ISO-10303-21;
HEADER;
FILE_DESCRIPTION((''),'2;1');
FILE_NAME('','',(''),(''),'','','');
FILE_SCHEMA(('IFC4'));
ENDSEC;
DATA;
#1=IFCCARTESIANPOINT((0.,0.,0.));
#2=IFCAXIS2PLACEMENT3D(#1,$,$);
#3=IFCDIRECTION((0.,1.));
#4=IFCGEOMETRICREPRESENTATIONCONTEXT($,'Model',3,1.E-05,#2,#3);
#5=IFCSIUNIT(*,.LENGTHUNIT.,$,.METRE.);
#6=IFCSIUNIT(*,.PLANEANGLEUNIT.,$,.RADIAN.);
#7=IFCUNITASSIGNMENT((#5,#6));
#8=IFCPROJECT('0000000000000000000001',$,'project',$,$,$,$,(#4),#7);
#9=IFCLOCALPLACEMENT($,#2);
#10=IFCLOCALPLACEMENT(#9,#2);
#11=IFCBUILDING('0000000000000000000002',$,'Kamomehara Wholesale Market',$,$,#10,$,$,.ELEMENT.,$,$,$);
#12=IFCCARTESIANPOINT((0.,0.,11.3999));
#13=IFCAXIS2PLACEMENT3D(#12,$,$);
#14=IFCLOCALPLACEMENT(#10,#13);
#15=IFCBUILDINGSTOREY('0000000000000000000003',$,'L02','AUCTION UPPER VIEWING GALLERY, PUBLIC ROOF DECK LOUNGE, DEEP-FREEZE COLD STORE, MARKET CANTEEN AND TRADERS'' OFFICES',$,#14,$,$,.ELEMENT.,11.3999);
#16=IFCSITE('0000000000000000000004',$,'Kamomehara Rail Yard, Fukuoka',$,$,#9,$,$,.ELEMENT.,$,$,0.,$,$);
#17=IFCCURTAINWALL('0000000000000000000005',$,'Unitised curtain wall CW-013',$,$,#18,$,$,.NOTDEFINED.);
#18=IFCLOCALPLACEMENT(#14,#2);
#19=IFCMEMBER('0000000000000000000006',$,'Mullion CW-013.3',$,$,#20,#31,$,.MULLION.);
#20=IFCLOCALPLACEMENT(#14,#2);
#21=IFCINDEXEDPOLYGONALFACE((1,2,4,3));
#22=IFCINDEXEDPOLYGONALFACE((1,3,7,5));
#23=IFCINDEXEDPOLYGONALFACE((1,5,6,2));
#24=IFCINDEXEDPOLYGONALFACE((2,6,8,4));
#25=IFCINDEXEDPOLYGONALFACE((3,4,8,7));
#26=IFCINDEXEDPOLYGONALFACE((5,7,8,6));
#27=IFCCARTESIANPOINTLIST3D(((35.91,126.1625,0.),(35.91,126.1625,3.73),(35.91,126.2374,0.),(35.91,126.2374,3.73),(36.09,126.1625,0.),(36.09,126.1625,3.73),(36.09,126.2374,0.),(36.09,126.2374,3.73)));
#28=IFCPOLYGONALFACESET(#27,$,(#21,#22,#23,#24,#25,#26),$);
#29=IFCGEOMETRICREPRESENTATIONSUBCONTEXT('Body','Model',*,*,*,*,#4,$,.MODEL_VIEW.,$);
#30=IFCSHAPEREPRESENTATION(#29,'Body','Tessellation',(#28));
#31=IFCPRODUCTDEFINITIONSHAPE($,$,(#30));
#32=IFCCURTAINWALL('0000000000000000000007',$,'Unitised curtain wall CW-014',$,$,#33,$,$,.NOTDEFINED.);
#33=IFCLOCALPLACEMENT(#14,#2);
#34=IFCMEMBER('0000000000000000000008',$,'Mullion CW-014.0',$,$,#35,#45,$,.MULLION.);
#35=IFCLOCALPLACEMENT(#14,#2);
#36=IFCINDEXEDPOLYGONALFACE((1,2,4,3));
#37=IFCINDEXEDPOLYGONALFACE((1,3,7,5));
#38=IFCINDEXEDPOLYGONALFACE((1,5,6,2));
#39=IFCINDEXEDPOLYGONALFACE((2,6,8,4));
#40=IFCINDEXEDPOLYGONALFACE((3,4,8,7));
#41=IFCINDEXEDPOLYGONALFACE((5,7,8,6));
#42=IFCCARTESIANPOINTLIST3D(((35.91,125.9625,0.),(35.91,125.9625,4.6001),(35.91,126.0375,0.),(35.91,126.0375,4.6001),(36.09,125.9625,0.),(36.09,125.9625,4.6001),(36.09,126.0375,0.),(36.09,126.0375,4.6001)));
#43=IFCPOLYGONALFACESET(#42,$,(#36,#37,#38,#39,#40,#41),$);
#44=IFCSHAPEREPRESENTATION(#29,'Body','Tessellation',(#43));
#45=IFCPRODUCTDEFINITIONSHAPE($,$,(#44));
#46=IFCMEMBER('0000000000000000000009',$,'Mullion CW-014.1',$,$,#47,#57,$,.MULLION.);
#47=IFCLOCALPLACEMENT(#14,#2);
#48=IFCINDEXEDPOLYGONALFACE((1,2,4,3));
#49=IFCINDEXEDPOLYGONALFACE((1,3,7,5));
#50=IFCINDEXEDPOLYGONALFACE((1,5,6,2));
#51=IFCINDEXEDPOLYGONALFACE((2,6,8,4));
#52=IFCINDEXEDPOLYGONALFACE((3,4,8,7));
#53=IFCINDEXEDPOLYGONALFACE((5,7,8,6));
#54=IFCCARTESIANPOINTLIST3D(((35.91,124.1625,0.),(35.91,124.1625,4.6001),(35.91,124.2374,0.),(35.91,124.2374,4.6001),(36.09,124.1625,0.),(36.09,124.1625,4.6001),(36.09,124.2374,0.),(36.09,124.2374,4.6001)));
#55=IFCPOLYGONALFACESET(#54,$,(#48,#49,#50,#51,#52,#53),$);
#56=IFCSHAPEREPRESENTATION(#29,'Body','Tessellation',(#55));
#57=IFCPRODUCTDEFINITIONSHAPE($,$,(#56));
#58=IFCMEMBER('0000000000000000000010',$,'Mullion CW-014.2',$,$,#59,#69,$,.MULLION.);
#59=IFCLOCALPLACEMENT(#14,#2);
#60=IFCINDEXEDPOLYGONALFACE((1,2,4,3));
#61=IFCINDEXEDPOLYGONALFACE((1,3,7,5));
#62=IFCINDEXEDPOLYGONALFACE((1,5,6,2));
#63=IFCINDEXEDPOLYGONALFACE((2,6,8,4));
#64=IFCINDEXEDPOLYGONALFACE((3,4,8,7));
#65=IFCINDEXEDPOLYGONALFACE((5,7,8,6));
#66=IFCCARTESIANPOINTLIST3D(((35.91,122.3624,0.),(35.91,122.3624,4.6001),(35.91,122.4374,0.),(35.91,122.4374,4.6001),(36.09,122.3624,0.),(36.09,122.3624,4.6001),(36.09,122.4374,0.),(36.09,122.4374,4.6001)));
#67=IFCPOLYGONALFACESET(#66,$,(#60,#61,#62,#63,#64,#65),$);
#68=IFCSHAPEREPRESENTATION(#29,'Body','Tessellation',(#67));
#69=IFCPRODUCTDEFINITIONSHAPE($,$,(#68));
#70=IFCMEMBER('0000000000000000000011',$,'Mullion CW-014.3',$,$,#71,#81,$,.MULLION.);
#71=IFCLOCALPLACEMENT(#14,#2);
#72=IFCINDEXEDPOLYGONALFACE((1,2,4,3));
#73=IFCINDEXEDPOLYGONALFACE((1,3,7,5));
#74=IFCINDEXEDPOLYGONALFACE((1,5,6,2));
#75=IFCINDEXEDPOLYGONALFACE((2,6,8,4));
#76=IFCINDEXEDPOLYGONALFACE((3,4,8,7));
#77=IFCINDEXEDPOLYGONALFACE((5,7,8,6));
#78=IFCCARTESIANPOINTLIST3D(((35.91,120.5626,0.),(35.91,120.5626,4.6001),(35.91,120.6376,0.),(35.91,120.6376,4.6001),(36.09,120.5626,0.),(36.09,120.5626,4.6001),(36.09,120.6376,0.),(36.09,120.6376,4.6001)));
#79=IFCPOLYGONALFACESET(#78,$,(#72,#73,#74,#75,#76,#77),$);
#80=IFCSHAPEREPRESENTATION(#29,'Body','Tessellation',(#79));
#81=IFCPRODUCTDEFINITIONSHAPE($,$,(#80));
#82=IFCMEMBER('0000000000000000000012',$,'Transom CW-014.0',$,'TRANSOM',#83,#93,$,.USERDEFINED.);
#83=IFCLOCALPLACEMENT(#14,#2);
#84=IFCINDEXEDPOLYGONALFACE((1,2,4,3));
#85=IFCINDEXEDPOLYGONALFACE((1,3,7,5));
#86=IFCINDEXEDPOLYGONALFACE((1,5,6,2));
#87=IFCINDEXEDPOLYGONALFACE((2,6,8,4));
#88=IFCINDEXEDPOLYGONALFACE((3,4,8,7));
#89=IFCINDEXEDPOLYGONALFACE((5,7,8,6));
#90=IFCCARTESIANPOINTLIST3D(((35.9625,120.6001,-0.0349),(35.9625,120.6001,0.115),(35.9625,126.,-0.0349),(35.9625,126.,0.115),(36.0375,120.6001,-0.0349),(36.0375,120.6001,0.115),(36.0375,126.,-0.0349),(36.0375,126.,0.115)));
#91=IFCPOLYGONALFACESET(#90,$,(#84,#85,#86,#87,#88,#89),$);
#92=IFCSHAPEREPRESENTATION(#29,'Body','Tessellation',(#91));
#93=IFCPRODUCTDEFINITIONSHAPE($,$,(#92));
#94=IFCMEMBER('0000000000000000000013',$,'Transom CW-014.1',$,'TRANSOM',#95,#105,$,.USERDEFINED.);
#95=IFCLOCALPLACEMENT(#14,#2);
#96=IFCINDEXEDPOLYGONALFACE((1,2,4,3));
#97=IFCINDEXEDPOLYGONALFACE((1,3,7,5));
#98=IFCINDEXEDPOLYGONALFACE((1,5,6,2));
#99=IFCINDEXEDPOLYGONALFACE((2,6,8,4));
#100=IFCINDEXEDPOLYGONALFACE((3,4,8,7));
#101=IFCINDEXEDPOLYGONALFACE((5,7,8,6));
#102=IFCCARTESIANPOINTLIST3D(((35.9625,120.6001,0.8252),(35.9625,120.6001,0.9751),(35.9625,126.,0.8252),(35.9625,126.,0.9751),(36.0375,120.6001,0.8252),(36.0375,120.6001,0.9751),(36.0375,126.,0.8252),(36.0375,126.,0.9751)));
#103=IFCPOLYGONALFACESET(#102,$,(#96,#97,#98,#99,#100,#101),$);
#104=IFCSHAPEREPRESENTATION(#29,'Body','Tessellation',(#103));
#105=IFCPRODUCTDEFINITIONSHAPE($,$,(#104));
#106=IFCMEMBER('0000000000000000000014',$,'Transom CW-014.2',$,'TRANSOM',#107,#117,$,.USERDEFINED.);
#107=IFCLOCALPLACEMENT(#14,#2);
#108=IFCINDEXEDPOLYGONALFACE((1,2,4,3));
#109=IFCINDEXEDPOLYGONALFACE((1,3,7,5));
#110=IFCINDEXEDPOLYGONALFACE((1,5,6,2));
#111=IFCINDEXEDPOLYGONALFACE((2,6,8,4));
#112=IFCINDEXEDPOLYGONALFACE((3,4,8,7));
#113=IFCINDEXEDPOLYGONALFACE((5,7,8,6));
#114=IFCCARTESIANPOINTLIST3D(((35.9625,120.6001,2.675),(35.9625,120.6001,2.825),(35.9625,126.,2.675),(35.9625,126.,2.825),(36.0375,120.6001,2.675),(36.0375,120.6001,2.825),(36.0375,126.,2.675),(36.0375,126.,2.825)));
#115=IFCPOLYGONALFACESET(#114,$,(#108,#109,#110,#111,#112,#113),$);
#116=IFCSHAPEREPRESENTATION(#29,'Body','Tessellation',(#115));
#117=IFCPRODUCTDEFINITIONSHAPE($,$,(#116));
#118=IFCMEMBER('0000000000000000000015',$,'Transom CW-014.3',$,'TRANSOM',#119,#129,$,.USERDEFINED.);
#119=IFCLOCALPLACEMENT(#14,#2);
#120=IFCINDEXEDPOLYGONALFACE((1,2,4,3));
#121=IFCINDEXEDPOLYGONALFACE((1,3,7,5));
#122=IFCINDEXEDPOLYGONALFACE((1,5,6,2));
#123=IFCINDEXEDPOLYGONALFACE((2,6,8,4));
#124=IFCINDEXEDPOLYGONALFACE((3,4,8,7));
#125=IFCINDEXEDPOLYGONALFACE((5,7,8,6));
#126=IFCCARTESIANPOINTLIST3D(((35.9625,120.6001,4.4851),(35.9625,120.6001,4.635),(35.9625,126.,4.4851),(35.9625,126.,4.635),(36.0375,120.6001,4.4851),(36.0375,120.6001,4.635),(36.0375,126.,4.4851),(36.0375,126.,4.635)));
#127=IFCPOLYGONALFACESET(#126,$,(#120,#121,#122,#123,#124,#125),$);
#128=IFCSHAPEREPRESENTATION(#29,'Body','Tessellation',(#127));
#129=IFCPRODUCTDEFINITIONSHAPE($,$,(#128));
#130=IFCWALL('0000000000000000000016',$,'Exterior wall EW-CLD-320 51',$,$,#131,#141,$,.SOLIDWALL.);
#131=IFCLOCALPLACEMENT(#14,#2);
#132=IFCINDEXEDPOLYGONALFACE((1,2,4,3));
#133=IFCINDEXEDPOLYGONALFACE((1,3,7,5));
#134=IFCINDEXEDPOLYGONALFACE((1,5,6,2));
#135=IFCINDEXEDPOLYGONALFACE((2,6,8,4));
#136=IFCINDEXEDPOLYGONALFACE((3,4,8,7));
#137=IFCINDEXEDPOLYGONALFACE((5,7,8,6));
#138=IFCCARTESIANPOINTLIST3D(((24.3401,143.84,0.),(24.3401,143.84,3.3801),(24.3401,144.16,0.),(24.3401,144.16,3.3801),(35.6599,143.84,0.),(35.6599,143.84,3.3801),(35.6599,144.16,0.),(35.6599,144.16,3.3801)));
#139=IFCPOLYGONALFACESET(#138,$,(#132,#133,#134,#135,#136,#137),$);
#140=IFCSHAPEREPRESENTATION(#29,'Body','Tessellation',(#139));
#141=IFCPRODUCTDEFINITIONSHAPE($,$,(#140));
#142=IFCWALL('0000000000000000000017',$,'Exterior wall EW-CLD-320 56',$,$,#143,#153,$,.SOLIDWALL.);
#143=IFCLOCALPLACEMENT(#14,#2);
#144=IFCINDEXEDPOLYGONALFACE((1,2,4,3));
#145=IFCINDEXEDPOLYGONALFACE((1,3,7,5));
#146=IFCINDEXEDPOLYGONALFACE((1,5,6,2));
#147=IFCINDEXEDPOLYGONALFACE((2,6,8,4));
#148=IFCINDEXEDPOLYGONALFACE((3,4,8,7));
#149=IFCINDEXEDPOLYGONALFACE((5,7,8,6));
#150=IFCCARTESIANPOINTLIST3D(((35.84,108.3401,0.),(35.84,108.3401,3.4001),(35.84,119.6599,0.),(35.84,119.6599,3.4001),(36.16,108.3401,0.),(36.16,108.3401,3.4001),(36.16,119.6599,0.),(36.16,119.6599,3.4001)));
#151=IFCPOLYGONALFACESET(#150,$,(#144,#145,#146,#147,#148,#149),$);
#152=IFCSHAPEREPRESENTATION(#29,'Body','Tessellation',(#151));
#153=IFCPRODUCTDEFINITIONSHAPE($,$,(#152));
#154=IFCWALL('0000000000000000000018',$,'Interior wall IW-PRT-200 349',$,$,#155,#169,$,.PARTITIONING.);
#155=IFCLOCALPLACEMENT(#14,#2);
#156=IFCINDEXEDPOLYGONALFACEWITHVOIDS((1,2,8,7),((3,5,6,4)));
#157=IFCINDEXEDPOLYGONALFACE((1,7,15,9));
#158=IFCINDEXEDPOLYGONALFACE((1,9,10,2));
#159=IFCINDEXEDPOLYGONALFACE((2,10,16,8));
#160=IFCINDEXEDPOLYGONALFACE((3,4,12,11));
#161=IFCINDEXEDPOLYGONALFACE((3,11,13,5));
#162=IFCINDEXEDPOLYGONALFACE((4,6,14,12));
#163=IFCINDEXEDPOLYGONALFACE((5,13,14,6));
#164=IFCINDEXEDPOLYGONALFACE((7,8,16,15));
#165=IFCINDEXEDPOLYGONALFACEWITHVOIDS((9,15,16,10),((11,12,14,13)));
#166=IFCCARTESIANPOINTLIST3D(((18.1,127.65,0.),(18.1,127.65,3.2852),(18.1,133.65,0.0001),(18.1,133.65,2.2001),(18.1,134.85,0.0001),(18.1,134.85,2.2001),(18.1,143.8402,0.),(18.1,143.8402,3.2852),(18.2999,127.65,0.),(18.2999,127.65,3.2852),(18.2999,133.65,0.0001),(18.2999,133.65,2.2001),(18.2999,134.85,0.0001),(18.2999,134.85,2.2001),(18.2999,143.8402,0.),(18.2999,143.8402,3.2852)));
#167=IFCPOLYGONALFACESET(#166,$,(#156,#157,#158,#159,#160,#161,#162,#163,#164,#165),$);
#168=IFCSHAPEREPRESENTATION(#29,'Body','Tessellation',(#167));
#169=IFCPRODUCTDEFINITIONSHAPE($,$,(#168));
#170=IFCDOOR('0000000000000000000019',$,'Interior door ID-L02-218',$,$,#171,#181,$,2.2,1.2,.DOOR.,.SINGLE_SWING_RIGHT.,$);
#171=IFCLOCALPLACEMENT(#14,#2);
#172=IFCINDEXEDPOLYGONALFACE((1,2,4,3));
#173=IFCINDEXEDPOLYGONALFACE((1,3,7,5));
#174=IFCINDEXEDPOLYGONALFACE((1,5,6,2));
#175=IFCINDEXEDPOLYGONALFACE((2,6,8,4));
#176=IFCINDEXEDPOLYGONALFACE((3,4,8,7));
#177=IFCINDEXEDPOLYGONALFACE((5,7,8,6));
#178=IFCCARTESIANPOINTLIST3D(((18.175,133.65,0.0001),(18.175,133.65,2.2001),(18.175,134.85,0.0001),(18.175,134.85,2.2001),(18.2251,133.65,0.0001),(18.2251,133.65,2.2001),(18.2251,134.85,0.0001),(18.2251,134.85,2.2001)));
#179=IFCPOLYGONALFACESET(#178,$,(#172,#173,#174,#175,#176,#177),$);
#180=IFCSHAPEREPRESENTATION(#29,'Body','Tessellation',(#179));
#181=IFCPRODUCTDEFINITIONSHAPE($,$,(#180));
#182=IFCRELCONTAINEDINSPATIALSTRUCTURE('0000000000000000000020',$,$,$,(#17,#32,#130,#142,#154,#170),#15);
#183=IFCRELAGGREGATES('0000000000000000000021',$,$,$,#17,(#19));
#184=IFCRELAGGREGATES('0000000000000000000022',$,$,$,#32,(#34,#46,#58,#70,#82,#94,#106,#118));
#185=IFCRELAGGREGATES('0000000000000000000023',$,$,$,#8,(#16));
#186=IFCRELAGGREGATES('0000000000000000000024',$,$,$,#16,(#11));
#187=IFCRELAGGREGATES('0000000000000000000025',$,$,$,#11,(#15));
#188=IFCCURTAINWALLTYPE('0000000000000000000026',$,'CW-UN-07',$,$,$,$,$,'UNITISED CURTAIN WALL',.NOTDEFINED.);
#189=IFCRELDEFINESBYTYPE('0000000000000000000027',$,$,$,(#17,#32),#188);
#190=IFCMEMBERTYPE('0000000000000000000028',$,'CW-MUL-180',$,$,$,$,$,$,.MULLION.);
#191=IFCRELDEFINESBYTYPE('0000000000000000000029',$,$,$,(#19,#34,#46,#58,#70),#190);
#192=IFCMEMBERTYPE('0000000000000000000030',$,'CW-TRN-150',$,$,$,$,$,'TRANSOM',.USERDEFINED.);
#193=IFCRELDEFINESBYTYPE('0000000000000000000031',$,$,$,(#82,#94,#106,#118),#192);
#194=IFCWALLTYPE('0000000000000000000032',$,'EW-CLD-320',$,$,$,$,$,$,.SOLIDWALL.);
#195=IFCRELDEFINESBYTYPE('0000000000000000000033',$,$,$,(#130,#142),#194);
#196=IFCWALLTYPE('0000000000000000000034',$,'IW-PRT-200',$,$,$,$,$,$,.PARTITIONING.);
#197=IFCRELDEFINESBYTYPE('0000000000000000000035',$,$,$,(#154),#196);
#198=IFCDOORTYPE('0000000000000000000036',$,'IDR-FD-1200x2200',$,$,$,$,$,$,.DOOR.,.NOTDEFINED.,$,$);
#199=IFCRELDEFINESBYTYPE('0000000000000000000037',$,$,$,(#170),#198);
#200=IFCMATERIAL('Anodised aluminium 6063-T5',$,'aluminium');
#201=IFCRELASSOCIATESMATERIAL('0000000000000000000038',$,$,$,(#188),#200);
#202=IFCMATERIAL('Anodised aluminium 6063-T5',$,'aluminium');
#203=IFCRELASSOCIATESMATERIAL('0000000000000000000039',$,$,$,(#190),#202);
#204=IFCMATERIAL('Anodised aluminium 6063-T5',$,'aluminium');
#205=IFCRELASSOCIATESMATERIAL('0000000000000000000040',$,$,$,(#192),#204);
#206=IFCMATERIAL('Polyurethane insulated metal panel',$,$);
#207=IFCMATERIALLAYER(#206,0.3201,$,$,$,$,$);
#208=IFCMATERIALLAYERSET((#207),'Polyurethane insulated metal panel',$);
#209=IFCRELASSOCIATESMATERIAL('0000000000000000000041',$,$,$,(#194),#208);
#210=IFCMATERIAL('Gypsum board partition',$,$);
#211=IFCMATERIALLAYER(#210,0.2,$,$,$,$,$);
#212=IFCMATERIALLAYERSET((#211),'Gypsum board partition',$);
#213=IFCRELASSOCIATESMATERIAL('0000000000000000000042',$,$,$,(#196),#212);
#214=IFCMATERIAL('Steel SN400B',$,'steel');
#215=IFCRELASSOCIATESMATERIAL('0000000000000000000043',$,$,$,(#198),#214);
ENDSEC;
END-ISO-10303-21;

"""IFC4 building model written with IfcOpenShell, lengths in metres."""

from ifc_helpers import new_model, si_unit, direction, frame, frame_2d, origin, origin_2d, place, context, subcontext, project, spatial, rectangle, extrude, material, layer, layer_set, material_profile, profile_set, type_object, element, fill, aggregate, save


model = new_model("IFC4")

# Units and contexts
model_context = context("Model", 3, precision=1e-05, world=origin(), true_north=direction((0.0, 1.0)))
body_context = subcontext(model_context, "Body", "Model", "MODEL_VIEW")
ifc_project = project(units=[si_unit("LENGTHUNIT", "METRE"), si_unit("PLANEANGLEUNIT", "RADIAN")], contexts=[model_context])

# Site, building, storey
site_placement = place(None, origin())
site = spatial("IfcSite", under=ifc_project, at=site_placement, Name="Kamomehara Rail Yard, Fukuoka", CompositionType="ELEMENT", RefElevation=0.0)
building_placement = place(site_placement, origin())
building = spatial("IfcBuilding", under=site, at=building_placement, Name="Kamomehara Wholesale Market", CompositionType="ELEMENT")
storey_placement = place(building_placement, frame((0.0, 0.0, 11.3999)))
storey = spatial("IfcBuildingStorey", under=building, at=storey_placement, Name="L02", Description="AUCTION UPPER VIEWING GALLERY, PUBLIC ROOF DECK LOUNGE, DEEP-FREEZE COLD STORE, MARKET CANTEEN AND TRADERS' OFFICES", CompositionType="ELEMENT", Elevation=11.3999)

# Curtain wall, member
ifc_material_1 = material(Name="Anodised aluminium 6063-T5", Category="aluminium")
curtain_wall_type = type_object("IfcCurtainWallType", Name="CW-UN-07", ElementType="UNITISED CURTAIN WALL", PredefinedType="NOTDEFINED", material=ifc_material_1)
curtain_wall_1_placement = place(storey_placement, origin())
curtain_wall_1 = element("IfcCurtainWall", 1, at=curtain_wall_1_placement, inside=storey, type_object=curtain_wall_type, Name="Unitised curtain wall CW-013", PredefinedType="NOTDEFINED")
ifc_material_2 = material(Name="Anodised aluminium 6063-T5", Category="aluminium")
ifc_material_profile_1 = material_profile(ifc_material_2, rectangle(XDim=0.075, YDim=0.1799, at=origin_2d()), Name="ALU-MUL-75x180")
ifc_profile_set_1 = profile_set([ifc_material_profile_1], Name="Anodised aluminium 6063-T5")
member_type_1 = type_object("IfcMemberType", Name="CW-MUL-180", PredefinedType="MULLION", material=ifc_profile_set_1)
member_1_placement = place(storey_placement, frame((36.0, 126.2, 0.0), z_axis=(0.0, 0.0, 1.0), x_axis=(0.0, -1.0, 0.0)))
member_1 = element("IfcMember", 2, at=member_1_placement, type_object=member_type_1, Name="Mullion CW-013.3", PredefinedType="MULLION", context=body_context, shape_type="SweptSolid", body=[
    extrude(rectangle(XDim=0.075, YDim=0.1799, at=origin_2d()), origin(), (0.0, 0.0, 1.0), 3.73),
])
aggregate(curtain_wall_1, [member_1])

# Curtain wall, members
curtain_wall_2_placement = place(storey_placement, origin())
curtain_wall_2 = element("IfcCurtainWall", 3, at=curtain_wall_2_placement, inside=storey, type_object=curtain_wall_type, Name="Unitised curtain wall CW-014", PredefinedType="NOTDEFINED")
member_2_placement = place(storey_placement, frame((36.0, 126.0, 0.0), z_axis=(0.0, 0.0, 1.0), x_axis=(0.0, -1.0, 0.0)))
member_2 = element("IfcMember", 4, at=member_2_placement, type_object=member_type_1, Name="Mullion CW-014.0", PredefinedType="MULLION", context=body_context, shape_type="SweptSolid", body=[
    extrude(rectangle(XDim=0.075, YDim=0.1799, at=origin_2d()), origin(), (0.0, 0.0, 1.0), 4.6001),
])
member_3_placement = place(storey_placement, frame((36.0, 124.2, 0.0), z_axis=(0.0, 0.0, 1.0), x_axis=(0.0, -1.0, 0.0)))
member_3 = element("IfcMember", 5, at=member_3_placement, type_object=member_type_1, Name="Mullion CW-014.1", PredefinedType="MULLION", context=body_context, shape_type="SweptSolid", body=[
    extrude(rectangle(XDim=0.075, YDim=0.1799, at=origin_2d()), origin(), (0.0, 0.0, 1.0), 4.6001),
])
member_4_placement = place(storey_placement, frame((36.0, 122.3999, 0.0), z_axis=(0.0, 0.0, 1.0), x_axis=(0.0, -1.0, 0.0)))
member_4 = element("IfcMember", 6, at=member_4_placement, type_object=member_type_1, Name="Mullion CW-014.2", PredefinedType="MULLION", context=body_context, shape_type="SweptSolid", body=[
    extrude(rectangle(XDim=0.075, YDim=0.1799, at=origin_2d()), origin(), (0.0, 0.0, 1.0), 4.6001),
])
member_5_placement = place(storey_placement, frame((36.0, 120.6001, 0.0), z_axis=(0.0, 0.0, 1.0), x_axis=(0.0, -1.0, 0.0)))
member_5 = element("IfcMember", 7, at=member_5_placement, type_object=member_type_1, Name="Mullion CW-014.3", PredefinedType="MULLION", context=body_context, shape_type="SweptSolid", body=[
    extrude(rectangle(XDim=0.075, YDim=0.1799, at=origin_2d()), origin(), (0.0, 0.0, 1.0), 4.6001),
])
ifc_material_3 = material(Name="Anodised aluminium 6063-T5", Category="aluminium")
ifc_material_profile_2 = material_profile(ifc_material_3, rectangle(XDim=0.075, YDim=0.1499, at=origin_2d()), Name="ALU-TRN-75x150")
ifc_profile_set_2 = profile_set([ifc_material_profile_2], Name="Anodised aluminium 6063-T5")
member_type_2 = type_object("IfcMemberType", Name="CW-TRN-150", ElementType="TRANSOM", PredefinedType="USERDEFINED", material=ifc_profile_set_2)
member_6_placement = place(storey_placement, frame((36.0, 126.0, 0.04), z_axis=(0.0, -1.0, 0.0), x_axis=(1.0, 0.0, 0.0)))
member_6 = element("IfcMember", 8, at=member_6_placement, type_object=member_type_2, Name="Transom CW-014.0", ObjectType="TRANSOM", PredefinedType="USERDEFINED", context=body_context, shape_type="SweptSolid", body=[
    extrude(rectangle(XDim=0.075, YDim=0.1499, at=origin_2d()), origin(), (0.0, 0.0, 1.0), 5.3999),
])
member_7_placement = place(storey_placement, frame((36.0, 126.0, 0.9001), z_axis=(0.0, -1.0, 0.0), x_axis=(1.0, 0.0, 0.0)))
member_7 = element("IfcMember", 9, at=member_7_placement, type_object=member_type_2, Name="Transom CW-014.1", ObjectType="TRANSOM", PredefinedType="USERDEFINED", context=body_context, shape_type="SweptSolid", body=[
    extrude(rectangle(XDim=0.075, YDim=0.1499, at=origin_2d()), origin(), (0.0, 0.0, 1.0), 5.3999),
])
member_8_placement = place(storey_placement, frame((36.0, 126.0, 2.75), z_axis=(0.0, -1.0, 0.0), x_axis=(1.0, 0.0, 0.0)))
member_8 = element("IfcMember", 10, at=member_8_placement, type_object=member_type_2, Name="Transom CW-014.2", ObjectType="TRANSOM", PredefinedType="USERDEFINED", context=body_context, shape_type="SweptSolid", body=[
    extrude(rectangle(XDim=0.075, YDim=0.1499, at=origin_2d()), origin(), (0.0, 0.0, 1.0), 5.3999),
])
member_9_placement = place(storey_placement, frame((36.0, 126.0, 4.5601), z_axis=(0.0, -1.0, 0.0), x_axis=(1.0, 0.0, 0.0)))
member_9 = element("IfcMember", 11, at=member_9_placement, type_object=member_type_2, Name="Transom CW-014.3", ObjectType="TRANSOM", PredefinedType="USERDEFINED", context=body_context, shape_type="SweptSolid", body=[
    extrude(rectangle(XDim=0.075, YDim=0.1499, at=origin_2d()), origin(), (0.0, 0.0, 1.0), 5.3999),
])
aggregate(curtain_wall_2, [member_2, member_3, member_4, member_5, member_6, member_7, member_8, member_9])

# Walls
ifc_material_4 = material(Name="Polyurethane insulated metal panel")
ifc_layer_1 = layer(ifc_material_4, 0.3201)
ifc_layer_set_1 = layer_set([ifc_layer_1], Name="Polyurethane insulated metal panel")
wall_type_1 = type_object("IfcWallType", Name="EW-CLD-320", PredefinedType="SOLIDWALL", material=ifc_layer_set_1)
wall_1_placement = place(storey_placement, frame((24.3401, 144.0, 0.0), z_axis=(0.0, 0.0, 1.0), x_axis=(1.0, 0.0, 0.0)))
element("IfcWall", 12, at=wall_1_placement, inside=storey, type_object=wall_type_1, Name="Exterior wall EW-CLD-320 51", PredefinedType="SOLIDWALL", context=body_context, shape_type="SweptSolid", body=[
    extrude(rectangle(XDim=11.3198, YDim=0.3201, at=frame_2d((5.6599, 0.0))), origin(), (0.0, 0.0, 1.0), 3.3801),
])
wall_2_placement = place(storey_placement, frame((36.0, 119.6599, 0.0), z_axis=(0.0, 0.0, 1.0), x_axis=(0.0, -1.0, 0.0)))
element("IfcWall", 13, at=wall_2_placement, inside=storey, type_object=wall_type_1, Name="Exterior wall EW-CLD-320 56", PredefinedType="SOLIDWALL", context=body_context, shape_type="SweptSolid", body=[
    extrude(rectangle(XDim=11.3198, YDim=0.3201, at=frame_2d((5.6599, 0.0))), origin(), (0.0, 0.0, 1.0), 3.4001),
])

# Wall, opening, door
ifc_material_5 = material(Name="Gypsum board partition")
ifc_layer_2 = layer(ifc_material_5, 0.2)
ifc_layer_set_2 = layer_set([ifc_layer_2], Name="Gypsum board partition")
wall_type_2 = type_object("IfcWallType", Name="IW-PRT-200", PredefinedType="PARTITIONING", material=ifc_layer_set_2)
wall_3_placement = place(storey_placement, frame((18.2, 127.6499, 0.0), z_axis=(0.0, 0.0, 1.0), x_axis=(0.0, 1.0, 0.0)))
wall_3 = element("IfcWall", 14, at=wall_3_placement, inside=storey, type_object=wall_type_2, Name="Interior wall IW-PRT-200 349", PredefinedType="PARTITIONING", context=body_context, shape_type="SweptSolid", body=[
    extrude(rectangle(XDim=16.1902, YDim=0.2, at=frame_2d((8.0952, 0.0))), origin(), (0.0, 0.0, 1.0), 3.2852),
])
opening_placement = place(wall_3_placement, frame((6.0, 0.0, 0.0)))
opening = element("IfcOpeningElement", 15, at=opening_placement, cuts=wall_3, PredefinedType="OPENING", context=body_context, shape_type="SweptSolid", body=[
    extrude(rectangle(XDim=1.2, YDim=2.2, at=frame_2d((0.6001, 1.1001))), frame((0.0, 0.1147, 0.0), z_axis=(0.0, -1.0, 0.0), x_axis=(1.0, 0.0, 0.0)), (0.0, 0.0, 1.0), 0.2297),
])
ifc_material_6 = material(Name="Steel SN400B", Category="steel")
door_type = type_object("IfcDoorType", Name="IDR-FD-1200x2200", OperationType="NOTDEFINED", PredefinedType="DOOR", material=ifc_material_6)
door_placement = place(opening_placement, origin())
door = element("IfcDoor", 16, at=door_placement, inside=storey, type_object=door_type, Name="Interior door ID-L02-218", OperationType="SINGLE_SWING_RIGHT", OverallHeight=2.2, OverallWidth=1.2, PredefinedType="DOOR", context=body_context, shape_type="SweptSolid", body=[
    extrude(rectangle(XDim=1.2, YDim=2.2, at=frame_2d((0.6001, 1.1001))), frame((0.0, 0.0249, 0.0), z_axis=(0.0, -1.0, 0.0), x_axis=(1.0, 0.0, 0.0)), (0.0, 0.0, 1.0), 0.05),
])
fill(opening, door)

save(model, "model.ifc")
